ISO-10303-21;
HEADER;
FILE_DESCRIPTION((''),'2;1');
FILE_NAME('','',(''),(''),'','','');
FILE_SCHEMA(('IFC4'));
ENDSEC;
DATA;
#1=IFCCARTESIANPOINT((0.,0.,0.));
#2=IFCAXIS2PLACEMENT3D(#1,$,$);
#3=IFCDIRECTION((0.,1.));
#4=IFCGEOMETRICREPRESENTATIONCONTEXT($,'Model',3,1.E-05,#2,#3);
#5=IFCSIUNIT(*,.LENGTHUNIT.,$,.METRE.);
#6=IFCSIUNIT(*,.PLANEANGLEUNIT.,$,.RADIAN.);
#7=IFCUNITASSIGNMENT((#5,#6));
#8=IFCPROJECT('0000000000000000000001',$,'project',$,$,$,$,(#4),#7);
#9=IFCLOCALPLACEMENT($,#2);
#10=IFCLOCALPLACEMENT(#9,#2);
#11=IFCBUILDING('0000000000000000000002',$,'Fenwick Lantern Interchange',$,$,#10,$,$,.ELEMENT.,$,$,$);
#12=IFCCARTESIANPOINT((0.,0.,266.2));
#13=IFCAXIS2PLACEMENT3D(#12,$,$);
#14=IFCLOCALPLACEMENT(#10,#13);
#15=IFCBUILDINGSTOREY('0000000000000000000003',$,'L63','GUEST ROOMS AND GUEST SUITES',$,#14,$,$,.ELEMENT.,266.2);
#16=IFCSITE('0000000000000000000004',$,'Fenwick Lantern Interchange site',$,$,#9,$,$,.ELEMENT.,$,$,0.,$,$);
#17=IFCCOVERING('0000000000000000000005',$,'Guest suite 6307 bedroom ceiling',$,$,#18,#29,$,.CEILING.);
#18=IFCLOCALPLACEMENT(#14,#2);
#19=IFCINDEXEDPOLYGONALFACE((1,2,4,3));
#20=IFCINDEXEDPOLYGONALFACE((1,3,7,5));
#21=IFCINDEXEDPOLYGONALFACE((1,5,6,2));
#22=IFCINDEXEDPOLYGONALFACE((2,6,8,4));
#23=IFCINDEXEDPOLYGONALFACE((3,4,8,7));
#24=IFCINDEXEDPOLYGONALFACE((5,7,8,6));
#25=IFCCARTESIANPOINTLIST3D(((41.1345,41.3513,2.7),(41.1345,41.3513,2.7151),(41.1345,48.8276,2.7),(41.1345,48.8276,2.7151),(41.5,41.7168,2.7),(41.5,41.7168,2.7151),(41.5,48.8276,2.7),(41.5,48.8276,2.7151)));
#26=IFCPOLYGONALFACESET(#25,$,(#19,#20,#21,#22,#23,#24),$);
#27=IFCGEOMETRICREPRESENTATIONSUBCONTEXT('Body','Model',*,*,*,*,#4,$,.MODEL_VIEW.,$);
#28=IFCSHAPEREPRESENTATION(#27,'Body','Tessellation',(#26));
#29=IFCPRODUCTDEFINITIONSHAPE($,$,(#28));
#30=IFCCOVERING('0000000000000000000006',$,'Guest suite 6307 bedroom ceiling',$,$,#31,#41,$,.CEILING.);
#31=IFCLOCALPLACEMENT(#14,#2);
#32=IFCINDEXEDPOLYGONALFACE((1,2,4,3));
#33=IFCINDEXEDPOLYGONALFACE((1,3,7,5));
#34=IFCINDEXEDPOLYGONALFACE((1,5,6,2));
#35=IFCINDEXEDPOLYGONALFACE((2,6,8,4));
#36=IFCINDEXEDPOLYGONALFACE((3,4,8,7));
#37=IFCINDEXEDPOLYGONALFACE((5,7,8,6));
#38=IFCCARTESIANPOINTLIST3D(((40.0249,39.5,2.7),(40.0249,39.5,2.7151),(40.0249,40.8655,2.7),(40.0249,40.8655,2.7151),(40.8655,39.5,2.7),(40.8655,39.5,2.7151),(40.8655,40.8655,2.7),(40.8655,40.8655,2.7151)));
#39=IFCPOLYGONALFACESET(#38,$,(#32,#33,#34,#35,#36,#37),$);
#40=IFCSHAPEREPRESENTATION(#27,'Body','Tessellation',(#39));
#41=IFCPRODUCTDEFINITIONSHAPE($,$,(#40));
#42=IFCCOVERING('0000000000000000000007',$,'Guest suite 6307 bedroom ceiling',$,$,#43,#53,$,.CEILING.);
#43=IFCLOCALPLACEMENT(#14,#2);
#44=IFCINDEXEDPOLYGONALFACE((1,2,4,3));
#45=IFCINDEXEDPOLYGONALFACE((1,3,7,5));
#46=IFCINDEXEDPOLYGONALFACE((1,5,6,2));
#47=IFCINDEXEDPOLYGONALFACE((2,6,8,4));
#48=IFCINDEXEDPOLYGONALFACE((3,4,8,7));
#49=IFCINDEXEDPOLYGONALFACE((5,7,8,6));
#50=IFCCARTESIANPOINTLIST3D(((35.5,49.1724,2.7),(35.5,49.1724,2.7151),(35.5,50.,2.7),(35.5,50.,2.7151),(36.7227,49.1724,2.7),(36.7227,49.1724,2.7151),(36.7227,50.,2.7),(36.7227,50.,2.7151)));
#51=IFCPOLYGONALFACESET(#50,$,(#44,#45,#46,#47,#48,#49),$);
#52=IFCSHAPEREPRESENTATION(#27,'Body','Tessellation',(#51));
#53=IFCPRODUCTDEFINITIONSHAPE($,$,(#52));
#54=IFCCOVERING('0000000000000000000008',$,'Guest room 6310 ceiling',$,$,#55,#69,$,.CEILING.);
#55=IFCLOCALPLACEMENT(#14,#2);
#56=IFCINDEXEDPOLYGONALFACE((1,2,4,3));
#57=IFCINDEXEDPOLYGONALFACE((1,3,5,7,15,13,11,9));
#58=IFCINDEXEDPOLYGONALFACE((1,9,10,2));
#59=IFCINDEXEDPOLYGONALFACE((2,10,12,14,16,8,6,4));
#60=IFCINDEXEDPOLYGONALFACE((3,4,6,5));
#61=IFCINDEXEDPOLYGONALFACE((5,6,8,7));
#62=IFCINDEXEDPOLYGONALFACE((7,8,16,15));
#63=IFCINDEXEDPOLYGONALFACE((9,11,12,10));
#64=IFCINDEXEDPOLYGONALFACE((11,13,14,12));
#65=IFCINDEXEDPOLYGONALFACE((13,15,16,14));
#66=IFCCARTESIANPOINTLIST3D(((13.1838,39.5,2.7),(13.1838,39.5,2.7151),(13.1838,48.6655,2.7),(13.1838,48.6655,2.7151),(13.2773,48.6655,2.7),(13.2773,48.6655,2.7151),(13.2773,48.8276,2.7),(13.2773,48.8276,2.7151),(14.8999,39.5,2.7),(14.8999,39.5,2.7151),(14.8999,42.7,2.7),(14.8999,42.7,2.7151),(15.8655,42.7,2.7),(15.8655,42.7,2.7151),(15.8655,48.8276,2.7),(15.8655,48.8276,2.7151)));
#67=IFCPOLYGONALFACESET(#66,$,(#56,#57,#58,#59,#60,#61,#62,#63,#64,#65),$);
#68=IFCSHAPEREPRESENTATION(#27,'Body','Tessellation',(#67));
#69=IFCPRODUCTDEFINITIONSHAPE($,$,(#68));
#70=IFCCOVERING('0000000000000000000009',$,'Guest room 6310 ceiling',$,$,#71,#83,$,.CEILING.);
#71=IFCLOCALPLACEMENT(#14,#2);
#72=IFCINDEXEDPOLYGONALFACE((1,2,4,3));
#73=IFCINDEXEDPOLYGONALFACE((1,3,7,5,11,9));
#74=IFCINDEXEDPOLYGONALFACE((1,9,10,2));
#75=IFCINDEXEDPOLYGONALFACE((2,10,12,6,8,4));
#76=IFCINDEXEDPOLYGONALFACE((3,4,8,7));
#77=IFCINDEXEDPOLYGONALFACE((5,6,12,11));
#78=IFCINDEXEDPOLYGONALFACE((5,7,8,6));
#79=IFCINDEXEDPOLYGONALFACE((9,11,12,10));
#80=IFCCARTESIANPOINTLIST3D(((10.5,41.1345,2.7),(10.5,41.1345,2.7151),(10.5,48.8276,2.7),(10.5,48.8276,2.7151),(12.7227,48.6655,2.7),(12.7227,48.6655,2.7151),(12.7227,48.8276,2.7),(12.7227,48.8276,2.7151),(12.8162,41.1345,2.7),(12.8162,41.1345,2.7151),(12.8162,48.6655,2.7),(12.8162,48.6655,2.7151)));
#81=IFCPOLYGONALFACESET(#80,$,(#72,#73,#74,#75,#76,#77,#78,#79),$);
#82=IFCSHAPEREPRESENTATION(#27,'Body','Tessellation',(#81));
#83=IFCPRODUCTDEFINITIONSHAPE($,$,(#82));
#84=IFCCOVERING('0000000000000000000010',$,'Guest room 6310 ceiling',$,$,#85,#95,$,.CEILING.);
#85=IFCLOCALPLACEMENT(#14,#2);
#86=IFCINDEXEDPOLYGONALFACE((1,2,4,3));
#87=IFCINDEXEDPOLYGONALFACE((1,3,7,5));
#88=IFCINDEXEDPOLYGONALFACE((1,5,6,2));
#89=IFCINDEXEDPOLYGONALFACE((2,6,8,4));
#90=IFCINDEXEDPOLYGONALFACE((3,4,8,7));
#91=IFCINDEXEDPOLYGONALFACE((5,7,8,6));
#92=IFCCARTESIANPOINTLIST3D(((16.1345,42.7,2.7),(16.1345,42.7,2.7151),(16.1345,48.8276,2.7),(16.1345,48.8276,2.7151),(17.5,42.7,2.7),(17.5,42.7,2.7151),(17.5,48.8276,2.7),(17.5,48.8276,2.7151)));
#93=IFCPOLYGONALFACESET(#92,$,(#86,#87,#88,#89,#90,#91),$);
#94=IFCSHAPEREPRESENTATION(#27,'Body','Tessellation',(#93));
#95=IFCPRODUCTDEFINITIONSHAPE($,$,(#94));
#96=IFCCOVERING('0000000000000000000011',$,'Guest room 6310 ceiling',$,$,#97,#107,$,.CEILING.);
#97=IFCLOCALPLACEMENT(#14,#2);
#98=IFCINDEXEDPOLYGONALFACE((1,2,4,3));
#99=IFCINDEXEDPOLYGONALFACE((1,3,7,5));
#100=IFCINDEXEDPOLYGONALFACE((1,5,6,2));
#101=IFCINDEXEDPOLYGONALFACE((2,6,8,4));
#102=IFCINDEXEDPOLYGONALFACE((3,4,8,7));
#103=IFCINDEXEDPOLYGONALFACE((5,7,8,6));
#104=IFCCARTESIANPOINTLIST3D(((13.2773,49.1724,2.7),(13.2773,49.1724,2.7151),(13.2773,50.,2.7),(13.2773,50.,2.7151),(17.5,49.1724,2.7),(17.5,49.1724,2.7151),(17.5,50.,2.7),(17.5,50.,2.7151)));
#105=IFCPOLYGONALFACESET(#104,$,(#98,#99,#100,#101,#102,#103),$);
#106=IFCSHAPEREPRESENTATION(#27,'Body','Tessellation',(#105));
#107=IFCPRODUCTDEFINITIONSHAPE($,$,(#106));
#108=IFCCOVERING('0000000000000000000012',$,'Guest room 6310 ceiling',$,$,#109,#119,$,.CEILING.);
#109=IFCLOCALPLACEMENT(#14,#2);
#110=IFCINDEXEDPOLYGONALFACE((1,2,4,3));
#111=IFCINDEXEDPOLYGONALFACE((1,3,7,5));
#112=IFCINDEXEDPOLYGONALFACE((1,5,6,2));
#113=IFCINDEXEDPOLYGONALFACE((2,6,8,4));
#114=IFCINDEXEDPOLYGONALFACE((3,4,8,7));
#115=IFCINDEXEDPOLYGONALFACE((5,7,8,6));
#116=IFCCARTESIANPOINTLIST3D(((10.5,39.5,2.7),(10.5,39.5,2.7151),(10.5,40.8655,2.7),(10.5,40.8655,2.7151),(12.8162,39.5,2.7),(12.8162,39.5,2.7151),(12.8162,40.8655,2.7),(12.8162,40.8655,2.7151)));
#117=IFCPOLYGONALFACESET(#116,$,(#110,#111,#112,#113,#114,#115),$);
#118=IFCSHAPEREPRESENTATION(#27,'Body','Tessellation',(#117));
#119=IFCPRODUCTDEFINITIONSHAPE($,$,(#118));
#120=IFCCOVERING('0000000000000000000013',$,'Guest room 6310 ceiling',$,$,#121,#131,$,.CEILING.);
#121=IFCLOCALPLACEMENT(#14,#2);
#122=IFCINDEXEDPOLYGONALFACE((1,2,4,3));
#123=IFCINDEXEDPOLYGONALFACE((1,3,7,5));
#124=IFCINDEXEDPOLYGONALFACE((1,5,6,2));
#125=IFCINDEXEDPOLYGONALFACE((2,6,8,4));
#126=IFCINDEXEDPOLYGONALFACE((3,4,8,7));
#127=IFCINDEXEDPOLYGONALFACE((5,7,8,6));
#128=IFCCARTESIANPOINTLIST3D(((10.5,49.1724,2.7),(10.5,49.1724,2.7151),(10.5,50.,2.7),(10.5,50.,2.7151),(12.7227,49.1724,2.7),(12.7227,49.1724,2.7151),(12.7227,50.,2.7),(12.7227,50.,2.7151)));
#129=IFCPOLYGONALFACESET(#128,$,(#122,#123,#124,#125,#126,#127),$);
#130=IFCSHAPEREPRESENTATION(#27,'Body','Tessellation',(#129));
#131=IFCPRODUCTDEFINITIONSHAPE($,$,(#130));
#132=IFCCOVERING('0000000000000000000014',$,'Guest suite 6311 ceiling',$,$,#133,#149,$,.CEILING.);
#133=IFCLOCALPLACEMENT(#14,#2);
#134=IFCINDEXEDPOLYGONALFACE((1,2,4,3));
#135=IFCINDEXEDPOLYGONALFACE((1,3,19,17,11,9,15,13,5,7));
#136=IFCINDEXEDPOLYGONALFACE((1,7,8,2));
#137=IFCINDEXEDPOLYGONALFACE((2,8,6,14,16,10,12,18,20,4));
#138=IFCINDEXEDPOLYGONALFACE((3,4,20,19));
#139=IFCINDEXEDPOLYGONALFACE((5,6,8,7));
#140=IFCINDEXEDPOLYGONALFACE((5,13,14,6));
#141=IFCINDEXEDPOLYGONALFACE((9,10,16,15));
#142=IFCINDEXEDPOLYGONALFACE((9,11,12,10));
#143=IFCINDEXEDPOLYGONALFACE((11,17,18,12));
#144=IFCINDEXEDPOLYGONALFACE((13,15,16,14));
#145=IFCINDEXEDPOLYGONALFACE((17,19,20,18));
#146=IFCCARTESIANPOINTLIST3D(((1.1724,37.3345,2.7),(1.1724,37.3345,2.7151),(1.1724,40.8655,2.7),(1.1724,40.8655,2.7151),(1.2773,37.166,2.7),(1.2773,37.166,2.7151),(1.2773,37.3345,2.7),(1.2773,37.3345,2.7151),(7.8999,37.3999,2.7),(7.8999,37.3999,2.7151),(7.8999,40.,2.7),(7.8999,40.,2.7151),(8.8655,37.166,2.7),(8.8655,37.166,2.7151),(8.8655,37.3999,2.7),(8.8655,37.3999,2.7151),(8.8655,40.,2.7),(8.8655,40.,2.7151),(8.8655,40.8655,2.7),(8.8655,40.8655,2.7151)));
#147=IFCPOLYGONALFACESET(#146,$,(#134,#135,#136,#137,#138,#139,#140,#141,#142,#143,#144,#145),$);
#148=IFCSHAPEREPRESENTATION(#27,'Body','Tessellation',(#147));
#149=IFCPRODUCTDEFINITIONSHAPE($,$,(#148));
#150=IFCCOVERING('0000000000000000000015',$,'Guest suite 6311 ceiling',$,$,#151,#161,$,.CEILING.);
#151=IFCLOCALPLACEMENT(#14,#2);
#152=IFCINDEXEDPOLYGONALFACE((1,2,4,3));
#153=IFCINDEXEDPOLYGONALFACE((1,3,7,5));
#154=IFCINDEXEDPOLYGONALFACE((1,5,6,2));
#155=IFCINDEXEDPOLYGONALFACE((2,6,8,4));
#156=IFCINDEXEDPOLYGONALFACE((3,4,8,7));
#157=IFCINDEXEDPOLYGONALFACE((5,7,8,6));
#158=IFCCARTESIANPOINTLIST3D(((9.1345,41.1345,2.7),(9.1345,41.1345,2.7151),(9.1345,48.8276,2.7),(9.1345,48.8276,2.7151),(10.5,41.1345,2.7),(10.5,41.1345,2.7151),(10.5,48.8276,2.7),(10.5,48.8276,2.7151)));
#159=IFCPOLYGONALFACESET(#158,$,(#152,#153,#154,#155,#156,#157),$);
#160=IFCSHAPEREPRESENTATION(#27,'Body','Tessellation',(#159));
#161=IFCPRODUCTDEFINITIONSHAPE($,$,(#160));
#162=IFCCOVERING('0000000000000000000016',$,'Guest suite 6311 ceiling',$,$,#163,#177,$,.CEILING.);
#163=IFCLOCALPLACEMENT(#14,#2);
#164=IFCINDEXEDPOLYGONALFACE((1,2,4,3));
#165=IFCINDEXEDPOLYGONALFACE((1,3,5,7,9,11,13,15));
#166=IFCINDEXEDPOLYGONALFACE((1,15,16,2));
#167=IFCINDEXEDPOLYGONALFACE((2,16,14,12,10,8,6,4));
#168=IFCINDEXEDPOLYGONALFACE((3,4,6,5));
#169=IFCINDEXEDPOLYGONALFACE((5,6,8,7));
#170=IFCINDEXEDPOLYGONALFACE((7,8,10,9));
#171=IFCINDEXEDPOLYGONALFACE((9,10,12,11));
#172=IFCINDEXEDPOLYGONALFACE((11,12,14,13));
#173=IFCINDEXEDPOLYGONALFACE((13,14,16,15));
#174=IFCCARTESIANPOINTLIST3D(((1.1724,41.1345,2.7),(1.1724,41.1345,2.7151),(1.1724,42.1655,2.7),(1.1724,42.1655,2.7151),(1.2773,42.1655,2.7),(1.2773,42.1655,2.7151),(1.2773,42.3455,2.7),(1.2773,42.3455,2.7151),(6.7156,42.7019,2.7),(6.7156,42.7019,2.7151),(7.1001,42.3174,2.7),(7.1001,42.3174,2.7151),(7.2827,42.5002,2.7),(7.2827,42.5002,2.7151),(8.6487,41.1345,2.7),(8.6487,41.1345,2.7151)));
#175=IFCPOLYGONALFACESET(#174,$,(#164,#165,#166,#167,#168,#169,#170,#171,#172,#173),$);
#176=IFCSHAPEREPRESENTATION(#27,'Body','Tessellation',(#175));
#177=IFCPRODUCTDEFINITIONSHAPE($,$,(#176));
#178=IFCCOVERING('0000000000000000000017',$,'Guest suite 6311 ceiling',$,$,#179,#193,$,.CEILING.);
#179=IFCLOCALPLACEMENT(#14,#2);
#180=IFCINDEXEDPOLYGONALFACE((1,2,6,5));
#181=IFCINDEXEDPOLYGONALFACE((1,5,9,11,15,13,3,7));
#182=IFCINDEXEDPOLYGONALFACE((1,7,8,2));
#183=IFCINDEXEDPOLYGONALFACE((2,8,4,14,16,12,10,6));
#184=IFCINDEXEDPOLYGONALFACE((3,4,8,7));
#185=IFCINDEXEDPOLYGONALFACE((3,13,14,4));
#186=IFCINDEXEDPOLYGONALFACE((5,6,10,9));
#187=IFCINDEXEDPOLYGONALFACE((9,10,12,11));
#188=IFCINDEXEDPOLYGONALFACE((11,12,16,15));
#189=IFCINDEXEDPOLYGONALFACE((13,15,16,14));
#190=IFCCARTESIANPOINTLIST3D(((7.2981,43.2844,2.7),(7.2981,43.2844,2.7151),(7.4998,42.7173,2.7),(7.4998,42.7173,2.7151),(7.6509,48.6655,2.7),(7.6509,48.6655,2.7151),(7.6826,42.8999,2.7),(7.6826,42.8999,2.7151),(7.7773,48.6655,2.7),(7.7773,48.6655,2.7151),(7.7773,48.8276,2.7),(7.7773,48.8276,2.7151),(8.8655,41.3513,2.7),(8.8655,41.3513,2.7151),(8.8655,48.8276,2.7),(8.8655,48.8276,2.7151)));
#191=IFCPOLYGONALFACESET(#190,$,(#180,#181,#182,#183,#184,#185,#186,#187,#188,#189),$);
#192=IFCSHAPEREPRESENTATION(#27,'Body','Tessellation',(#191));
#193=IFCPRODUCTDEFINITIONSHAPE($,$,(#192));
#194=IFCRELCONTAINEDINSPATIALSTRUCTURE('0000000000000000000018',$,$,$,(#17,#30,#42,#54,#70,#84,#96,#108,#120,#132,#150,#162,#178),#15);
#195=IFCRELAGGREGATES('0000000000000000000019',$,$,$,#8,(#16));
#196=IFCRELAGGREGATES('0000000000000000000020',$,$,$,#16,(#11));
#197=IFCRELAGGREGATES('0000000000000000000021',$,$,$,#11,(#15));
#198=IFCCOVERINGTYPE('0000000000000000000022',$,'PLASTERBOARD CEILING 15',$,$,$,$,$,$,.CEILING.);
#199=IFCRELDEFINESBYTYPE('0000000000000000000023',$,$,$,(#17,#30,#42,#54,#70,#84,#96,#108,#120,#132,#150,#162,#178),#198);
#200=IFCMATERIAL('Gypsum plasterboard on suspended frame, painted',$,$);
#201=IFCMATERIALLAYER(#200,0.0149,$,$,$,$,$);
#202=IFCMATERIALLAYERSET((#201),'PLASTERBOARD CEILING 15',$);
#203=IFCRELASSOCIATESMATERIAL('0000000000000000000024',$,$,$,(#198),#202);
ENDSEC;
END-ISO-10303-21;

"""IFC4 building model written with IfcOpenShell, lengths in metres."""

from ifc_helpers import new_model, si_unit, direction, frame, origin, place, context, subcontext, project, spatial, polyline, outline, extrude, material, layer, layer_set, type_object, element, save


model = new_model("IFC4")

# Units and contexts
model_context = context("Model", 3, precision=1e-05, world=origin(), true_north=direction((0.0, 1.0)))
body_context = subcontext(model_context, "Body", "Model", "MODEL_VIEW")
ifc_project = project(units=[si_unit("LENGTHUNIT", "METRE"), si_unit("PLANEANGLEUNIT", "RADIAN")], contexts=[model_context])

# Site, building, storey
site_placement = place(None, origin())
site = spatial("IfcSite", under=ifc_project, at=site_placement, Name="Fenwick Lantern Interchange site", CompositionType="ELEMENT", RefElevation=0.0)
building_placement = place(site_placement, origin())
building = spatial("IfcBuilding", under=site, at=building_placement, Name="Fenwick Lantern Interchange", CompositionType="ELEMENT")
storey_placement = place(building_placement, frame((0.0, 0.0, 266.2)))
storey = spatial("IfcBuildingStorey", under=building, at=storey_placement, Name="L63", Description="GUEST ROOMS AND GUEST SUITES", CompositionType="ELEMENT", Elevation=266.2)

# Coverings
ifc_material = material(Name="Gypsum plasterboard on suspended frame, painted")
ifc_layer = layer(ifc_material, 0.0149)
ifc_layer_set = layer_set([ifc_layer], Name="PLASTERBOARD CEILING 15")
covering_type = type_object("IfcCoveringType", Name="PLASTERBOARD CEILING 15", PredefinedType="CEILING", material=ifc_layer_set)
covering_1_placement = place(storey_placement, frame((0.0, 0.0, 2.7)))
element("IfcCovering", 1, at=covering_1_placement, inside=storey, type_object=covering_type, Name="Guest suite 6307 bedroom ceiling", PredefinedType="CEILING", context=body_context, shape_type="SweptSolid", body=[
    extrude(outline(polyline([(41.5, 41.7168), (41.5, 48.8276), (41.1345, 48.8276), (41.1345, 41.3513), (41.5, 41.7168)])), origin(), (0.0, 0.0, 1.0), 0.0151),
])
covering_2_placement = place(storey_placement, frame((0.0, 0.0, 2.7)))
element("IfcCovering", 2, at=covering_2_placement, inside=storey, type_object=covering_type, Name="Guest suite 6307 bedroom ceiling", PredefinedType="CEILING", context=body_context, shape_type="SweptSolid", body=[
    extrude(outline(polyline([(40.0249, 39.5), (40.8655, 39.5), (40.8655, 40.8655), (40.0249, 40.8655), (40.0249, 39.5)])), origin(), (0.0, 0.0, 1.0), 0.0151),
])
covering_3_placement = place(storey_placement, frame((0.0, 0.0, 2.7)))
element("IfcCovering", 3, at=covering_3_placement, inside=storey, type_object=covering_type, Name="Guest suite 6307 bedroom ceiling", PredefinedType="CEILING", context=body_context, shape_type="SweptSolid", body=[
    extrude(outline(polyline([(36.7227, 50.0), (35.5, 50.0), (35.5, 49.1724), (36.7227, 49.1724), (36.7227, 50.0)])), origin(), (0.0, 0.0, 1.0), 0.0151),
])
covering_4_placement = place(storey_placement, frame((0.0, 0.0, 2.7)))
element("IfcCovering", 4, at=covering_4_placement, inside=storey, type_object=covering_type, Name="Guest room 6310 ceiling", PredefinedType="CEILING", context=body_context, shape_type="SweptSolid", body=[
    extrude(outline(polyline([(13.2773, 48.6655), (13.1838, 48.6655), (13.1838, 39.5), (14.8999, 39.5), (14.8999, 42.7), (15.8655, 42.7), (15.8655, 48.8276), (13.2773, 48.8276), (13.2773, 48.6655)])), origin(), (0.0, 0.0, 1.0), 0.0151),
])
covering_5_placement = place(storey_placement, frame((0.0, 0.0, 2.7)))
element("IfcCovering", 5, at=covering_5_placement, inside=storey, type_object=covering_type, Name="Guest room 6310 ceiling", PredefinedType="CEILING", context=body_context, shape_type="SweptSolid", body=[
    extrude(outline(polyline([(12.7227, 48.6655), (12.7227, 48.8276), (10.5, 48.8276), (10.5, 41.1345), (12.8162, 41.1345), (12.8162, 48.6655), (12.7227, 48.6655)])), origin(), (0.0, 0.0, 1.0), 0.0151),
])
covering_6_placement = place(storey_placement, frame((0.0, 0.0, 2.7)))
element("IfcCovering", 6, at=covering_6_placement, inside=storey, type_object=covering_type, Name="Guest room 6310 ceiling", PredefinedType="CEILING", context=body_context, shape_type="SweptSolid", body=[
    extrude(outline(polyline([(17.5, 42.7), (17.5, 48.8276), (16.1345, 48.8276), (16.1345, 42.7), (17.5, 42.7)])), origin(), (0.0, 0.0, 1.0), 0.0151),
])
covering_7_placement = place(storey_placement, frame((0.0, 0.0, 2.7)))
element("IfcCovering", 7, at=covering_7_placement, inside=storey, type_object=covering_type, Name="Guest room 6310 ceiling", PredefinedType="CEILING", context=body_context, shape_type="SweptSolid", body=[
    extrude(outline(polyline([(13.2773, 50.0), (13.2773, 49.1724), (17.5, 49.1724), (17.5, 50.0), (13.2773, 50.0)])), origin(), (0.0, 0.0, 1.0), 0.0151),
])
covering_8_placement = place(storey_placement, frame((0.0, 0.0, 2.7)))
element("IfcCovering", 8, at=covering_8_placement, inside=storey, type_object=covering_type, Name="Guest room 6310 ceiling", PredefinedType="CEILING", context=body_context, shape_type="SweptSolid", body=[
    extrude(outline(polyline([(10.5, 39.5), (12.8162, 39.5), (12.8162, 40.8655), (10.5, 40.8655), (10.5, 39.5)])), origin(), (0.0, 0.0, 1.0), 0.0151),
])
covering_9_placement = place(storey_placement, frame((0.0, 0.0, 2.7)))
element("IfcCovering", 9, at=covering_9_placement, inside=storey, type_object=covering_type, Name="Guest room 6310 ceiling", PredefinedType="CEILING", context=body_context, shape_type="SweptSolid", body=[
    extrude(outline(polyline([(12.7227, 50.0), (10.5, 50.0), (10.5, 49.1724), (12.7227, 49.1724), (12.7227, 50.0)])), origin(), (0.0, 0.0, 1.0), 0.0151),
])
covering_10_placement = place(storey_placement, frame((0.0, 0.0, 2.7)))
element("IfcCovering", 10, at=covering_10_placement, inside=storey, type_object=covering_type, Name="Guest suite 6311 ceiling", PredefinedType="CEILING", context=body_context, shape_type="SweptSolid", body=[
    extrude(outline(polyline([(7.8999, 40.0), (8.8655, 40.0), (8.8655, 40.8655), (1.1724, 40.8655), (1.1724, 37.3345), (1.2773, 37.3345), (1.2773, 37.166), (8.8655, 37.166), (8.8655, 37.3999), (7.8999, 37.3999), (7.8999, 40.0)])), origin(), (0.0, 0.0, 1.0), 0.0151),
])
covering_11_placement = place(storey_placement, frame((0.0, 0.0, 2.7)))
element("IfcCovering", 11, at=covering_11_placement, inside=storey, type_object=covering_type, Name="Guest suite 6311 ceiling", PredefinedType="CEILING", context=body_context, shape_type="SweptSolid", body=[
    extrude(outline(polyline([(10.5, 41.1345), (10.5, 48.8276), (9.1345, 48.8276), (9.1345, 41.1345), (10.5, 41.1345)])), origin(), (0.0, 0.0, 1.0), 0.0151),
])
covering_12_placement = place(storey_placement, frame((0.0, 0.0, 2.7)))
element("IfcCovering", 12, at=covering_12_placement, inside=storey, type_object=covering_type, Name="Guest suite 6311 ceiling", PredefinedType="CEILING", context=body_context, shape_type="SweptSolid", body=[
    extrude(outline(polyline([(1.2773, 42.1655), (1.1724, 42.1655), (1.1724, 41.1345), (8.6487, 41.1345), (7.2827, 42.5002), (7.1001, 42.3174), (6.7156, 42.7019), (1.2773, 42.3455), (1.2773, 42.1655)])), origin(), (0.0, 0.0, 1.0), 0.0151),
])
covering_13_placement = place(storey_placement, frame((0.0, 0.0, 2.7)))
element("IfcCovering", 13, at=covering_13_placement, inside=storey, type_object=covering_type, Name="Guest suite 6311 ceiling", PredefinedType="CEILING", context=body_context, shape_type="SweptSolid", body=[
    extrude(outline(polyline([(7.7773, 48.6655), (7.6509, 48.6655), (7.2981, 43.2844), (7.6826, 42.8999), (7.4998, 42.7173), (8.8655, 41.3513), (8.8655, 48.8276), (7.7773, 48.8276), (7.7773, 48.6655)])), origin(), (0.0, 0.0, 1.0), 0.0151),
])

save(model, "model.ifc")
